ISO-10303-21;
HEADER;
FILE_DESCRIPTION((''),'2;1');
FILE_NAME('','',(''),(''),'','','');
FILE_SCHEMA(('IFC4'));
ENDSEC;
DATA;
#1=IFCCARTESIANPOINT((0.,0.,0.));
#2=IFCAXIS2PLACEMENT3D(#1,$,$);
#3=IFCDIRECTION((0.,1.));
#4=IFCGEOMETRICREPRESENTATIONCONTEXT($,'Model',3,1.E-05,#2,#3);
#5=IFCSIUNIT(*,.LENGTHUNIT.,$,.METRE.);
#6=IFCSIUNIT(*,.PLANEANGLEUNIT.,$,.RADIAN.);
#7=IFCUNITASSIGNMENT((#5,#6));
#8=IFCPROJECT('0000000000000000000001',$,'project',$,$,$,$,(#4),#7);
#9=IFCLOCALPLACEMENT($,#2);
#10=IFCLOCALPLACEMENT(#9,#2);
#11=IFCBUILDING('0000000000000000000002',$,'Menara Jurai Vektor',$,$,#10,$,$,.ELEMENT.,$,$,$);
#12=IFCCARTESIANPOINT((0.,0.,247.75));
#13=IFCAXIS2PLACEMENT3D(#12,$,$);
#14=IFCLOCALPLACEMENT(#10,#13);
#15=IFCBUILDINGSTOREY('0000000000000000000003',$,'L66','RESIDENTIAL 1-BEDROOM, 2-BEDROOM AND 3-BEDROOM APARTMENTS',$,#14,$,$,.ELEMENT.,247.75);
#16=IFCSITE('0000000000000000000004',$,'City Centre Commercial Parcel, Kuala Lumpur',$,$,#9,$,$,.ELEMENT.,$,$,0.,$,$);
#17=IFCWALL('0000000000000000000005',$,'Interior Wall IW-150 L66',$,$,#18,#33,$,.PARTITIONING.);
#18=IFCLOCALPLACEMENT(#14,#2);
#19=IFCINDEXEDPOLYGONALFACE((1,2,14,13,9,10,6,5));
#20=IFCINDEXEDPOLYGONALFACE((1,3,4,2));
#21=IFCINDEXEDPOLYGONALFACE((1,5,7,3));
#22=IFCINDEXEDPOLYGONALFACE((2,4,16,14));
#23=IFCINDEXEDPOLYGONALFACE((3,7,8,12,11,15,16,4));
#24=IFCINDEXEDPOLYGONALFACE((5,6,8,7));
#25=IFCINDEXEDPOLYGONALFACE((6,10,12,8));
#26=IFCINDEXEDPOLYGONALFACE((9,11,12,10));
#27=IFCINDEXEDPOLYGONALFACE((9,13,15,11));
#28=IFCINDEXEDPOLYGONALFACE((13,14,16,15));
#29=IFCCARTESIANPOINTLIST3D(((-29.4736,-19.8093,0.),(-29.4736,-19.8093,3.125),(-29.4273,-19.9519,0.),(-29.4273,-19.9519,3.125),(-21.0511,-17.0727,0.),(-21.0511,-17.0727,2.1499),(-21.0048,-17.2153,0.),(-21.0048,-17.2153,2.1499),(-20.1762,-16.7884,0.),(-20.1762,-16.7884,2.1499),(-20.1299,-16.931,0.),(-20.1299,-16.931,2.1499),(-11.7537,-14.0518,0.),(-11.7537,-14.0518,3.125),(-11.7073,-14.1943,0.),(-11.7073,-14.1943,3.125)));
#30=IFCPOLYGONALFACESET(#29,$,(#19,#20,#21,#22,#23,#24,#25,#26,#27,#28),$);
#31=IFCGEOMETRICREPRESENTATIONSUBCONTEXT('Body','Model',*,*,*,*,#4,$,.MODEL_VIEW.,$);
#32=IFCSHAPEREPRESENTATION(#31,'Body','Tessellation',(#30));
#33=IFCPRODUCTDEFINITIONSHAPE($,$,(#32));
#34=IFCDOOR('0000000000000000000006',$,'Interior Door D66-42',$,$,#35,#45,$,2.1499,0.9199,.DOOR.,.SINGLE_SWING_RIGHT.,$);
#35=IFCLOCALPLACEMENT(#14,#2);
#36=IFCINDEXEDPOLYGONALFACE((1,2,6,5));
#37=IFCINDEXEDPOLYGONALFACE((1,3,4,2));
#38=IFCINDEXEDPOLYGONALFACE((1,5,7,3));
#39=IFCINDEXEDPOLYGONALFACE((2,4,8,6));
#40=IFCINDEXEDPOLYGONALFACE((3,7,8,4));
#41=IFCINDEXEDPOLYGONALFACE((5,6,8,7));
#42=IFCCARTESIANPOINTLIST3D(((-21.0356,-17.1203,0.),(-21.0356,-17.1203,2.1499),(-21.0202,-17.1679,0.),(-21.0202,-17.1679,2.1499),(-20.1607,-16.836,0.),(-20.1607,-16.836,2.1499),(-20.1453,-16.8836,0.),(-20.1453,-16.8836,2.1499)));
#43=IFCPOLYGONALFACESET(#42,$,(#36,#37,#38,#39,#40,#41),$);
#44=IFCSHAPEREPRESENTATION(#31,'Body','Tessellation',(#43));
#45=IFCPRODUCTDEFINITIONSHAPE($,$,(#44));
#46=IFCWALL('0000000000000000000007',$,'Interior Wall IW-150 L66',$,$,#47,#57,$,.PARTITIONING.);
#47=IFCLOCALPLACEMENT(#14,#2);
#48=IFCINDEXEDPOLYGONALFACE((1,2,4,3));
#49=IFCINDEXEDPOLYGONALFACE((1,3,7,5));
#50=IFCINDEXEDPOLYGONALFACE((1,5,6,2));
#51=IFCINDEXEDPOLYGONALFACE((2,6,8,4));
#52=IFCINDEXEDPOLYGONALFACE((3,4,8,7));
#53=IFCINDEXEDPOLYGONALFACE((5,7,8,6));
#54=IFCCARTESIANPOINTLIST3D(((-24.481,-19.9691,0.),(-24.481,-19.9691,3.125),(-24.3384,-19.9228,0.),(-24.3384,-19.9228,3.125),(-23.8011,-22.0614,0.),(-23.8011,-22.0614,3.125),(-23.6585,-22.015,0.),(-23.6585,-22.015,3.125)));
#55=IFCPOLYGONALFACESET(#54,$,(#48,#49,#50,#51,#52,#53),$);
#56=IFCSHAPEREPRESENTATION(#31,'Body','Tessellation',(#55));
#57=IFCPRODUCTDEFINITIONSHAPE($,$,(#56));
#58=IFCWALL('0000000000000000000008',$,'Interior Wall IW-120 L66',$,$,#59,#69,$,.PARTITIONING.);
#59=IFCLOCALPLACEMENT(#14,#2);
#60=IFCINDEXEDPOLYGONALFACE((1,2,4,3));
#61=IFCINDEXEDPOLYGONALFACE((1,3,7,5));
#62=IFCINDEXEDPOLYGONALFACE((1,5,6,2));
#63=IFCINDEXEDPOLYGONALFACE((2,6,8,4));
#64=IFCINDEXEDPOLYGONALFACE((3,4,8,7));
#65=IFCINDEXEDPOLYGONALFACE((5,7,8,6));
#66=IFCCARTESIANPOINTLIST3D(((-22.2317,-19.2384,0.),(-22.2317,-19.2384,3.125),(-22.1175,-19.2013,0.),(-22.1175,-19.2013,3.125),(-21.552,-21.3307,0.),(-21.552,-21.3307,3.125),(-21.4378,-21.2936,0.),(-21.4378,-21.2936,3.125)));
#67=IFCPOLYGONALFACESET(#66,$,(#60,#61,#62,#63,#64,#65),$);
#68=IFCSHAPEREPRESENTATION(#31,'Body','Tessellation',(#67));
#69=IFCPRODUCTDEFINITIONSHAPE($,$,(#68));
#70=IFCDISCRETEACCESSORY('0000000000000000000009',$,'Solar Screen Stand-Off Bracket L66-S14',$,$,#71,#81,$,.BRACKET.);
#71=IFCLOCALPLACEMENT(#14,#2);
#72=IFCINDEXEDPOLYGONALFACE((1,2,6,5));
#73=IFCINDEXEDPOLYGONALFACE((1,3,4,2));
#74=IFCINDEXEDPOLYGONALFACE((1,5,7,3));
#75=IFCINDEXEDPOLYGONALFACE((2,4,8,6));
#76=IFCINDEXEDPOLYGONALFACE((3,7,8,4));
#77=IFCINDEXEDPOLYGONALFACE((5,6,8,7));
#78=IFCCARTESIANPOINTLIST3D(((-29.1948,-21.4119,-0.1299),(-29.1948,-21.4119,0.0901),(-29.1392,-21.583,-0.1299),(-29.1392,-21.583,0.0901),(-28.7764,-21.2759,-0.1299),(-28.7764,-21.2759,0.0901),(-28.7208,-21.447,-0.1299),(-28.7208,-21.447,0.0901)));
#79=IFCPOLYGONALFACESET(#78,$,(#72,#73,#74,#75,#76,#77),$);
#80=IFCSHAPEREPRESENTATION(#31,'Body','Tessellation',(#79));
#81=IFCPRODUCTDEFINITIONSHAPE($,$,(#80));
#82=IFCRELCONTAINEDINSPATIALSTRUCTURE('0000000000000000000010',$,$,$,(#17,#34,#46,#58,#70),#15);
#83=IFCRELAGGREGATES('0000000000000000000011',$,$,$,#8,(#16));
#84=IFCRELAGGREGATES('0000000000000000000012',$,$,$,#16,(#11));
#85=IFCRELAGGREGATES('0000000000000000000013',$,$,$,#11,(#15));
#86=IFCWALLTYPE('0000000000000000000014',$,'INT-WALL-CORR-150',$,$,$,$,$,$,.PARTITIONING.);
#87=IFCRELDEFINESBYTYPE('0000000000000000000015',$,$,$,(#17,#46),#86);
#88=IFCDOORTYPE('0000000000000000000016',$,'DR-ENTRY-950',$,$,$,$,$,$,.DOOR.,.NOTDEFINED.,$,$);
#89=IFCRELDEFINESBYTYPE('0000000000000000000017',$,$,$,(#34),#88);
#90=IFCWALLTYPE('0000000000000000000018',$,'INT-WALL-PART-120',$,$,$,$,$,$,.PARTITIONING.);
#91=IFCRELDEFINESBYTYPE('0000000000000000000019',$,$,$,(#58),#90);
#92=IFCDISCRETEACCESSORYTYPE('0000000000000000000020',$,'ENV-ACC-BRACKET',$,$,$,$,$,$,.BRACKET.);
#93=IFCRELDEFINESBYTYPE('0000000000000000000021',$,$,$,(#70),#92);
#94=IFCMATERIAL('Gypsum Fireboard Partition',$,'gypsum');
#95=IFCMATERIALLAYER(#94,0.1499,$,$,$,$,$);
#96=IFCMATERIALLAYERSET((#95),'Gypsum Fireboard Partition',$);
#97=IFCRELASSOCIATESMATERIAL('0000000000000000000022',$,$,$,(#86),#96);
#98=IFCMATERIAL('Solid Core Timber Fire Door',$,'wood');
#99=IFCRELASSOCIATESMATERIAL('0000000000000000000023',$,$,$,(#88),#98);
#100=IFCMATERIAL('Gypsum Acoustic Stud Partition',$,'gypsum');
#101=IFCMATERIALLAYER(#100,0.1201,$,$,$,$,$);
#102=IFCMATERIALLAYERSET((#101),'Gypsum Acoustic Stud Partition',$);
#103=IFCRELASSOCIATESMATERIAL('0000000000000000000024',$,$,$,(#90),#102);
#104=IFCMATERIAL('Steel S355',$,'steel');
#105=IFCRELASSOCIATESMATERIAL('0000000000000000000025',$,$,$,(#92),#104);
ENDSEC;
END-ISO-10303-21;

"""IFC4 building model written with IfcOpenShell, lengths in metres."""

from ifc_helpers import new_model, si_unit, direction, frame, frame_2d, origin, origin_2d, place, context, subcontext, project, spatial, rectangle, extrude, material, layer, layer_set, type_object, element, fill, save


model = new_model("IFC4")

# Units and contexts
model_context = context("Model", 3, precision=1e-05, world=origin(), true_north=direction((0.0, 1.0)))
body_context = subcontext(model_context, "Body", "Model", "MODEL_VIEW")
ifc_project = project(units=[si_unit("LENGTHUNIT", "METRE"), si_unit("PLANEANGLEUNIT", "RADIAN")], contexts=[model_context])

# Site, building, storey
site_placement = place(None, origin())
site = spatial("IfcSite", under=ifc_project, at=site_placement, Name="City Centre Commercial Parcel, Kuala Lumpur", CompositionType="ELEMENT", RefElevation=0.0)
building_placement = place(site_placement, origin())
building = spatial("IfcBuilding", under=site, at=building_placement, Name="Menara Jurai Vektor", CompositionType="ELEMENT")
storey_placement = place(building_placement, frame((0.0, 0.0, 247.75)))
storey = spatial("IfcBuildingStorey", under=building, at=storey_placement, Name="L66", Description="RESIDENTIAL 1-BEDROOM, 2-BEDROOM AND 3-BEDROOM APARTMENTS", CompositionType="ELEMENT", Elevation=247.75)

# Shared definitions
ifc_material_1 = material(Name="Steel S355", Category="steel")

# Shared definitions
ifc_material_2 = material(Name="Gypsum Fireboard Partition", Category="gypsum")
ifc_layer_1 = layer(ifc_material_2, 0.1499)
ifc_layer_set_1 = layer_set([ifc_layer_1], Name="Gypsum Fireboard Partition")
wall_type_1 = type_object("IfcWallType", Name="INT-WALL-CORR-150", PredefinedType="PARTITIONING", material=ifc_layer_set_1)

# Wall, opening, door
wall_1_placement = place(storey_placement, frame((-29.4504, -19.8806, 0.0), z_axis=(0.0, 0.0, 1.0), x_axis=(0.951057, 0.309017, 0.0)))
wall_1 = element("IfcWall", 1, at=wall_1_placement, inside=storey, type_object=wall_type_1, Name="Interior Wall IW-150 L66", PredefinedType="PARTITIONING", context=body_context, shape_type="SweptSolid", body=[
    extrude(rectangle(XDim=18.6318, YDim=0.1499, at=frame_2d((9.3159, 0.0))), origin(), (0.0, 0.0, 1.0), 3.125),
])
opening_1_placement = place(wall_1_placement, frame((8.856, 0.0, 0.0)))
opening_1 = element("IfcOpeningElement", 2, at=opening_1_placement, cuts=wall_1, PredefinedType="OPENING", context=body_context, shape_type="SweptSolid", body=[
    extrude(rectangle(XDim=0.9199, YDim=2.1499, at=frame_2d((0.46, 1.075))), frame((0.0, 0.085, 0.0), z_axis=(0.0, -1.0, 0.0), x_axis=(1.0, 0.0, 0.0)), (0.0, 0.0, 1.0), 0.1699),
])
ifc_material_3 = material(Name="Solid Core Timber Fire Door", Category="wood")
door_type_1 = type_object("IfcDoorType", Name="DR-ENTRY-950", OperationType="NOTDEFINED", PredefinedType="DOOR", material=ifc_material_3)
door_1_placement = place(opening_1_placement, origin())
door_1 = element("IfcDoor", 3, at=door_1_placement, inside=storey, type_object=door_type_1, Name="Interior Door D66-42", OperationType="SINGLE_SWING_RIGHT", OverallHeight=2.1499, OverallWidth=0.9199, PredefinedType="DOOR", context=body_context, shape_type="SweptSolid", body=[
    extrude(rectangle(XDim=0.9199, YDim=2.1499, at=frame_2d((0.46, 1.075))), frame((0.0, 0.0249, 0.0), z_axis=(0.0, -1.0, 0.0), x_axis=(1.0, 0.0, 0.0)), (0.0, 0.0, 1.0), 0.05),
])
fill(opening_1, door_1)

# Wall
wall_2_placement = place(storey_placement, frame((-23.7297, -22.0383, 0.0), z_axis=(0.0, 0.0, 1.0), x_axis=(-0.309061, 0.951042, 0.0)))
element("IfcWall", 4, at=wall_2_placement, inside=storey, type_object=wall_type_1, Name="Interior Wall IW-150 L66", PredefinedType="PARTITIONING", context=body_context, shape_type="SweptSolid", body=[
    extrude(rectangle(XDim=2.2, YDim=0.1499, at=frame_2d((1.1001, 0.0))), origin(), (0.0, 0.0, 1.0), 3.125),
])

# Wall
ifc_material_4 = material(Name="Gypsum Acoustic Stud Partition", Category="gypsum")
ifc_layer_2 = layer(ifc_material_4, 0.1201)
ifc_layer_set_2 = layer_set([ifc_layer_2], Name="Gypsum Acoustic Stud Partition")
wall_type_2 = type_object("IfcWallType", Name="INT-WALL-PART-120", PredefinedType="PARTITIONING", material=ifc_layer_set_2)
wall_3_placement = place(storey_placement, frame((-21.4949, -21.3123, 0.0), z_axis=(0.0, 0.0, 1.0), x_axis=(-0.308961, 0.951075, 0.0)))
element("IfcWall", 5, at=wall_3_placement, inside=storey, type_object=wall_type_2, Name="Interior Wall IW-120 L66", PredefinedType="PARTITIONING", context=body_context, shape_type="SweptSolid", body=[
    extrude(rectangle(XDim=2.2, YDim=0.1201, at=frame_2d((1.1001, 0.0))), origin(), (0.0, 0.0, 1.0), 3.125),
])

# Discrete accessory
discrete_accessory_type = type_object("IfcDiscreteAccessoryType", Name="ENV-ACC-BRACKET", PredefinedType="BRACKET", material=ifc_material_1)
discrete_accessory_placement = place(storey_placement, frame((-28.9578, -21.4294, -0.1299), z_axis=(0.0, 0.0, 1.0), x_axis=(0.309017, -0.951057, 0.0)))
element("IfcDiscreteAccessory", 6, at=discrete_accessory_placement, inside=storey, type_object=discrete_accessory_type, Name="Solar Screen Stand-Off Bracket L66-S14", PredefinedType="BRACKET", context=body_context, shape_type="SweptSolid", body=[
    extrude(rectangle(XDim=0.1799, YDim=0.4399, at=origin_2d()), origin(), (0.0, 0.0, 1.0), 0.22),
])

save(model, "model.ifc")
